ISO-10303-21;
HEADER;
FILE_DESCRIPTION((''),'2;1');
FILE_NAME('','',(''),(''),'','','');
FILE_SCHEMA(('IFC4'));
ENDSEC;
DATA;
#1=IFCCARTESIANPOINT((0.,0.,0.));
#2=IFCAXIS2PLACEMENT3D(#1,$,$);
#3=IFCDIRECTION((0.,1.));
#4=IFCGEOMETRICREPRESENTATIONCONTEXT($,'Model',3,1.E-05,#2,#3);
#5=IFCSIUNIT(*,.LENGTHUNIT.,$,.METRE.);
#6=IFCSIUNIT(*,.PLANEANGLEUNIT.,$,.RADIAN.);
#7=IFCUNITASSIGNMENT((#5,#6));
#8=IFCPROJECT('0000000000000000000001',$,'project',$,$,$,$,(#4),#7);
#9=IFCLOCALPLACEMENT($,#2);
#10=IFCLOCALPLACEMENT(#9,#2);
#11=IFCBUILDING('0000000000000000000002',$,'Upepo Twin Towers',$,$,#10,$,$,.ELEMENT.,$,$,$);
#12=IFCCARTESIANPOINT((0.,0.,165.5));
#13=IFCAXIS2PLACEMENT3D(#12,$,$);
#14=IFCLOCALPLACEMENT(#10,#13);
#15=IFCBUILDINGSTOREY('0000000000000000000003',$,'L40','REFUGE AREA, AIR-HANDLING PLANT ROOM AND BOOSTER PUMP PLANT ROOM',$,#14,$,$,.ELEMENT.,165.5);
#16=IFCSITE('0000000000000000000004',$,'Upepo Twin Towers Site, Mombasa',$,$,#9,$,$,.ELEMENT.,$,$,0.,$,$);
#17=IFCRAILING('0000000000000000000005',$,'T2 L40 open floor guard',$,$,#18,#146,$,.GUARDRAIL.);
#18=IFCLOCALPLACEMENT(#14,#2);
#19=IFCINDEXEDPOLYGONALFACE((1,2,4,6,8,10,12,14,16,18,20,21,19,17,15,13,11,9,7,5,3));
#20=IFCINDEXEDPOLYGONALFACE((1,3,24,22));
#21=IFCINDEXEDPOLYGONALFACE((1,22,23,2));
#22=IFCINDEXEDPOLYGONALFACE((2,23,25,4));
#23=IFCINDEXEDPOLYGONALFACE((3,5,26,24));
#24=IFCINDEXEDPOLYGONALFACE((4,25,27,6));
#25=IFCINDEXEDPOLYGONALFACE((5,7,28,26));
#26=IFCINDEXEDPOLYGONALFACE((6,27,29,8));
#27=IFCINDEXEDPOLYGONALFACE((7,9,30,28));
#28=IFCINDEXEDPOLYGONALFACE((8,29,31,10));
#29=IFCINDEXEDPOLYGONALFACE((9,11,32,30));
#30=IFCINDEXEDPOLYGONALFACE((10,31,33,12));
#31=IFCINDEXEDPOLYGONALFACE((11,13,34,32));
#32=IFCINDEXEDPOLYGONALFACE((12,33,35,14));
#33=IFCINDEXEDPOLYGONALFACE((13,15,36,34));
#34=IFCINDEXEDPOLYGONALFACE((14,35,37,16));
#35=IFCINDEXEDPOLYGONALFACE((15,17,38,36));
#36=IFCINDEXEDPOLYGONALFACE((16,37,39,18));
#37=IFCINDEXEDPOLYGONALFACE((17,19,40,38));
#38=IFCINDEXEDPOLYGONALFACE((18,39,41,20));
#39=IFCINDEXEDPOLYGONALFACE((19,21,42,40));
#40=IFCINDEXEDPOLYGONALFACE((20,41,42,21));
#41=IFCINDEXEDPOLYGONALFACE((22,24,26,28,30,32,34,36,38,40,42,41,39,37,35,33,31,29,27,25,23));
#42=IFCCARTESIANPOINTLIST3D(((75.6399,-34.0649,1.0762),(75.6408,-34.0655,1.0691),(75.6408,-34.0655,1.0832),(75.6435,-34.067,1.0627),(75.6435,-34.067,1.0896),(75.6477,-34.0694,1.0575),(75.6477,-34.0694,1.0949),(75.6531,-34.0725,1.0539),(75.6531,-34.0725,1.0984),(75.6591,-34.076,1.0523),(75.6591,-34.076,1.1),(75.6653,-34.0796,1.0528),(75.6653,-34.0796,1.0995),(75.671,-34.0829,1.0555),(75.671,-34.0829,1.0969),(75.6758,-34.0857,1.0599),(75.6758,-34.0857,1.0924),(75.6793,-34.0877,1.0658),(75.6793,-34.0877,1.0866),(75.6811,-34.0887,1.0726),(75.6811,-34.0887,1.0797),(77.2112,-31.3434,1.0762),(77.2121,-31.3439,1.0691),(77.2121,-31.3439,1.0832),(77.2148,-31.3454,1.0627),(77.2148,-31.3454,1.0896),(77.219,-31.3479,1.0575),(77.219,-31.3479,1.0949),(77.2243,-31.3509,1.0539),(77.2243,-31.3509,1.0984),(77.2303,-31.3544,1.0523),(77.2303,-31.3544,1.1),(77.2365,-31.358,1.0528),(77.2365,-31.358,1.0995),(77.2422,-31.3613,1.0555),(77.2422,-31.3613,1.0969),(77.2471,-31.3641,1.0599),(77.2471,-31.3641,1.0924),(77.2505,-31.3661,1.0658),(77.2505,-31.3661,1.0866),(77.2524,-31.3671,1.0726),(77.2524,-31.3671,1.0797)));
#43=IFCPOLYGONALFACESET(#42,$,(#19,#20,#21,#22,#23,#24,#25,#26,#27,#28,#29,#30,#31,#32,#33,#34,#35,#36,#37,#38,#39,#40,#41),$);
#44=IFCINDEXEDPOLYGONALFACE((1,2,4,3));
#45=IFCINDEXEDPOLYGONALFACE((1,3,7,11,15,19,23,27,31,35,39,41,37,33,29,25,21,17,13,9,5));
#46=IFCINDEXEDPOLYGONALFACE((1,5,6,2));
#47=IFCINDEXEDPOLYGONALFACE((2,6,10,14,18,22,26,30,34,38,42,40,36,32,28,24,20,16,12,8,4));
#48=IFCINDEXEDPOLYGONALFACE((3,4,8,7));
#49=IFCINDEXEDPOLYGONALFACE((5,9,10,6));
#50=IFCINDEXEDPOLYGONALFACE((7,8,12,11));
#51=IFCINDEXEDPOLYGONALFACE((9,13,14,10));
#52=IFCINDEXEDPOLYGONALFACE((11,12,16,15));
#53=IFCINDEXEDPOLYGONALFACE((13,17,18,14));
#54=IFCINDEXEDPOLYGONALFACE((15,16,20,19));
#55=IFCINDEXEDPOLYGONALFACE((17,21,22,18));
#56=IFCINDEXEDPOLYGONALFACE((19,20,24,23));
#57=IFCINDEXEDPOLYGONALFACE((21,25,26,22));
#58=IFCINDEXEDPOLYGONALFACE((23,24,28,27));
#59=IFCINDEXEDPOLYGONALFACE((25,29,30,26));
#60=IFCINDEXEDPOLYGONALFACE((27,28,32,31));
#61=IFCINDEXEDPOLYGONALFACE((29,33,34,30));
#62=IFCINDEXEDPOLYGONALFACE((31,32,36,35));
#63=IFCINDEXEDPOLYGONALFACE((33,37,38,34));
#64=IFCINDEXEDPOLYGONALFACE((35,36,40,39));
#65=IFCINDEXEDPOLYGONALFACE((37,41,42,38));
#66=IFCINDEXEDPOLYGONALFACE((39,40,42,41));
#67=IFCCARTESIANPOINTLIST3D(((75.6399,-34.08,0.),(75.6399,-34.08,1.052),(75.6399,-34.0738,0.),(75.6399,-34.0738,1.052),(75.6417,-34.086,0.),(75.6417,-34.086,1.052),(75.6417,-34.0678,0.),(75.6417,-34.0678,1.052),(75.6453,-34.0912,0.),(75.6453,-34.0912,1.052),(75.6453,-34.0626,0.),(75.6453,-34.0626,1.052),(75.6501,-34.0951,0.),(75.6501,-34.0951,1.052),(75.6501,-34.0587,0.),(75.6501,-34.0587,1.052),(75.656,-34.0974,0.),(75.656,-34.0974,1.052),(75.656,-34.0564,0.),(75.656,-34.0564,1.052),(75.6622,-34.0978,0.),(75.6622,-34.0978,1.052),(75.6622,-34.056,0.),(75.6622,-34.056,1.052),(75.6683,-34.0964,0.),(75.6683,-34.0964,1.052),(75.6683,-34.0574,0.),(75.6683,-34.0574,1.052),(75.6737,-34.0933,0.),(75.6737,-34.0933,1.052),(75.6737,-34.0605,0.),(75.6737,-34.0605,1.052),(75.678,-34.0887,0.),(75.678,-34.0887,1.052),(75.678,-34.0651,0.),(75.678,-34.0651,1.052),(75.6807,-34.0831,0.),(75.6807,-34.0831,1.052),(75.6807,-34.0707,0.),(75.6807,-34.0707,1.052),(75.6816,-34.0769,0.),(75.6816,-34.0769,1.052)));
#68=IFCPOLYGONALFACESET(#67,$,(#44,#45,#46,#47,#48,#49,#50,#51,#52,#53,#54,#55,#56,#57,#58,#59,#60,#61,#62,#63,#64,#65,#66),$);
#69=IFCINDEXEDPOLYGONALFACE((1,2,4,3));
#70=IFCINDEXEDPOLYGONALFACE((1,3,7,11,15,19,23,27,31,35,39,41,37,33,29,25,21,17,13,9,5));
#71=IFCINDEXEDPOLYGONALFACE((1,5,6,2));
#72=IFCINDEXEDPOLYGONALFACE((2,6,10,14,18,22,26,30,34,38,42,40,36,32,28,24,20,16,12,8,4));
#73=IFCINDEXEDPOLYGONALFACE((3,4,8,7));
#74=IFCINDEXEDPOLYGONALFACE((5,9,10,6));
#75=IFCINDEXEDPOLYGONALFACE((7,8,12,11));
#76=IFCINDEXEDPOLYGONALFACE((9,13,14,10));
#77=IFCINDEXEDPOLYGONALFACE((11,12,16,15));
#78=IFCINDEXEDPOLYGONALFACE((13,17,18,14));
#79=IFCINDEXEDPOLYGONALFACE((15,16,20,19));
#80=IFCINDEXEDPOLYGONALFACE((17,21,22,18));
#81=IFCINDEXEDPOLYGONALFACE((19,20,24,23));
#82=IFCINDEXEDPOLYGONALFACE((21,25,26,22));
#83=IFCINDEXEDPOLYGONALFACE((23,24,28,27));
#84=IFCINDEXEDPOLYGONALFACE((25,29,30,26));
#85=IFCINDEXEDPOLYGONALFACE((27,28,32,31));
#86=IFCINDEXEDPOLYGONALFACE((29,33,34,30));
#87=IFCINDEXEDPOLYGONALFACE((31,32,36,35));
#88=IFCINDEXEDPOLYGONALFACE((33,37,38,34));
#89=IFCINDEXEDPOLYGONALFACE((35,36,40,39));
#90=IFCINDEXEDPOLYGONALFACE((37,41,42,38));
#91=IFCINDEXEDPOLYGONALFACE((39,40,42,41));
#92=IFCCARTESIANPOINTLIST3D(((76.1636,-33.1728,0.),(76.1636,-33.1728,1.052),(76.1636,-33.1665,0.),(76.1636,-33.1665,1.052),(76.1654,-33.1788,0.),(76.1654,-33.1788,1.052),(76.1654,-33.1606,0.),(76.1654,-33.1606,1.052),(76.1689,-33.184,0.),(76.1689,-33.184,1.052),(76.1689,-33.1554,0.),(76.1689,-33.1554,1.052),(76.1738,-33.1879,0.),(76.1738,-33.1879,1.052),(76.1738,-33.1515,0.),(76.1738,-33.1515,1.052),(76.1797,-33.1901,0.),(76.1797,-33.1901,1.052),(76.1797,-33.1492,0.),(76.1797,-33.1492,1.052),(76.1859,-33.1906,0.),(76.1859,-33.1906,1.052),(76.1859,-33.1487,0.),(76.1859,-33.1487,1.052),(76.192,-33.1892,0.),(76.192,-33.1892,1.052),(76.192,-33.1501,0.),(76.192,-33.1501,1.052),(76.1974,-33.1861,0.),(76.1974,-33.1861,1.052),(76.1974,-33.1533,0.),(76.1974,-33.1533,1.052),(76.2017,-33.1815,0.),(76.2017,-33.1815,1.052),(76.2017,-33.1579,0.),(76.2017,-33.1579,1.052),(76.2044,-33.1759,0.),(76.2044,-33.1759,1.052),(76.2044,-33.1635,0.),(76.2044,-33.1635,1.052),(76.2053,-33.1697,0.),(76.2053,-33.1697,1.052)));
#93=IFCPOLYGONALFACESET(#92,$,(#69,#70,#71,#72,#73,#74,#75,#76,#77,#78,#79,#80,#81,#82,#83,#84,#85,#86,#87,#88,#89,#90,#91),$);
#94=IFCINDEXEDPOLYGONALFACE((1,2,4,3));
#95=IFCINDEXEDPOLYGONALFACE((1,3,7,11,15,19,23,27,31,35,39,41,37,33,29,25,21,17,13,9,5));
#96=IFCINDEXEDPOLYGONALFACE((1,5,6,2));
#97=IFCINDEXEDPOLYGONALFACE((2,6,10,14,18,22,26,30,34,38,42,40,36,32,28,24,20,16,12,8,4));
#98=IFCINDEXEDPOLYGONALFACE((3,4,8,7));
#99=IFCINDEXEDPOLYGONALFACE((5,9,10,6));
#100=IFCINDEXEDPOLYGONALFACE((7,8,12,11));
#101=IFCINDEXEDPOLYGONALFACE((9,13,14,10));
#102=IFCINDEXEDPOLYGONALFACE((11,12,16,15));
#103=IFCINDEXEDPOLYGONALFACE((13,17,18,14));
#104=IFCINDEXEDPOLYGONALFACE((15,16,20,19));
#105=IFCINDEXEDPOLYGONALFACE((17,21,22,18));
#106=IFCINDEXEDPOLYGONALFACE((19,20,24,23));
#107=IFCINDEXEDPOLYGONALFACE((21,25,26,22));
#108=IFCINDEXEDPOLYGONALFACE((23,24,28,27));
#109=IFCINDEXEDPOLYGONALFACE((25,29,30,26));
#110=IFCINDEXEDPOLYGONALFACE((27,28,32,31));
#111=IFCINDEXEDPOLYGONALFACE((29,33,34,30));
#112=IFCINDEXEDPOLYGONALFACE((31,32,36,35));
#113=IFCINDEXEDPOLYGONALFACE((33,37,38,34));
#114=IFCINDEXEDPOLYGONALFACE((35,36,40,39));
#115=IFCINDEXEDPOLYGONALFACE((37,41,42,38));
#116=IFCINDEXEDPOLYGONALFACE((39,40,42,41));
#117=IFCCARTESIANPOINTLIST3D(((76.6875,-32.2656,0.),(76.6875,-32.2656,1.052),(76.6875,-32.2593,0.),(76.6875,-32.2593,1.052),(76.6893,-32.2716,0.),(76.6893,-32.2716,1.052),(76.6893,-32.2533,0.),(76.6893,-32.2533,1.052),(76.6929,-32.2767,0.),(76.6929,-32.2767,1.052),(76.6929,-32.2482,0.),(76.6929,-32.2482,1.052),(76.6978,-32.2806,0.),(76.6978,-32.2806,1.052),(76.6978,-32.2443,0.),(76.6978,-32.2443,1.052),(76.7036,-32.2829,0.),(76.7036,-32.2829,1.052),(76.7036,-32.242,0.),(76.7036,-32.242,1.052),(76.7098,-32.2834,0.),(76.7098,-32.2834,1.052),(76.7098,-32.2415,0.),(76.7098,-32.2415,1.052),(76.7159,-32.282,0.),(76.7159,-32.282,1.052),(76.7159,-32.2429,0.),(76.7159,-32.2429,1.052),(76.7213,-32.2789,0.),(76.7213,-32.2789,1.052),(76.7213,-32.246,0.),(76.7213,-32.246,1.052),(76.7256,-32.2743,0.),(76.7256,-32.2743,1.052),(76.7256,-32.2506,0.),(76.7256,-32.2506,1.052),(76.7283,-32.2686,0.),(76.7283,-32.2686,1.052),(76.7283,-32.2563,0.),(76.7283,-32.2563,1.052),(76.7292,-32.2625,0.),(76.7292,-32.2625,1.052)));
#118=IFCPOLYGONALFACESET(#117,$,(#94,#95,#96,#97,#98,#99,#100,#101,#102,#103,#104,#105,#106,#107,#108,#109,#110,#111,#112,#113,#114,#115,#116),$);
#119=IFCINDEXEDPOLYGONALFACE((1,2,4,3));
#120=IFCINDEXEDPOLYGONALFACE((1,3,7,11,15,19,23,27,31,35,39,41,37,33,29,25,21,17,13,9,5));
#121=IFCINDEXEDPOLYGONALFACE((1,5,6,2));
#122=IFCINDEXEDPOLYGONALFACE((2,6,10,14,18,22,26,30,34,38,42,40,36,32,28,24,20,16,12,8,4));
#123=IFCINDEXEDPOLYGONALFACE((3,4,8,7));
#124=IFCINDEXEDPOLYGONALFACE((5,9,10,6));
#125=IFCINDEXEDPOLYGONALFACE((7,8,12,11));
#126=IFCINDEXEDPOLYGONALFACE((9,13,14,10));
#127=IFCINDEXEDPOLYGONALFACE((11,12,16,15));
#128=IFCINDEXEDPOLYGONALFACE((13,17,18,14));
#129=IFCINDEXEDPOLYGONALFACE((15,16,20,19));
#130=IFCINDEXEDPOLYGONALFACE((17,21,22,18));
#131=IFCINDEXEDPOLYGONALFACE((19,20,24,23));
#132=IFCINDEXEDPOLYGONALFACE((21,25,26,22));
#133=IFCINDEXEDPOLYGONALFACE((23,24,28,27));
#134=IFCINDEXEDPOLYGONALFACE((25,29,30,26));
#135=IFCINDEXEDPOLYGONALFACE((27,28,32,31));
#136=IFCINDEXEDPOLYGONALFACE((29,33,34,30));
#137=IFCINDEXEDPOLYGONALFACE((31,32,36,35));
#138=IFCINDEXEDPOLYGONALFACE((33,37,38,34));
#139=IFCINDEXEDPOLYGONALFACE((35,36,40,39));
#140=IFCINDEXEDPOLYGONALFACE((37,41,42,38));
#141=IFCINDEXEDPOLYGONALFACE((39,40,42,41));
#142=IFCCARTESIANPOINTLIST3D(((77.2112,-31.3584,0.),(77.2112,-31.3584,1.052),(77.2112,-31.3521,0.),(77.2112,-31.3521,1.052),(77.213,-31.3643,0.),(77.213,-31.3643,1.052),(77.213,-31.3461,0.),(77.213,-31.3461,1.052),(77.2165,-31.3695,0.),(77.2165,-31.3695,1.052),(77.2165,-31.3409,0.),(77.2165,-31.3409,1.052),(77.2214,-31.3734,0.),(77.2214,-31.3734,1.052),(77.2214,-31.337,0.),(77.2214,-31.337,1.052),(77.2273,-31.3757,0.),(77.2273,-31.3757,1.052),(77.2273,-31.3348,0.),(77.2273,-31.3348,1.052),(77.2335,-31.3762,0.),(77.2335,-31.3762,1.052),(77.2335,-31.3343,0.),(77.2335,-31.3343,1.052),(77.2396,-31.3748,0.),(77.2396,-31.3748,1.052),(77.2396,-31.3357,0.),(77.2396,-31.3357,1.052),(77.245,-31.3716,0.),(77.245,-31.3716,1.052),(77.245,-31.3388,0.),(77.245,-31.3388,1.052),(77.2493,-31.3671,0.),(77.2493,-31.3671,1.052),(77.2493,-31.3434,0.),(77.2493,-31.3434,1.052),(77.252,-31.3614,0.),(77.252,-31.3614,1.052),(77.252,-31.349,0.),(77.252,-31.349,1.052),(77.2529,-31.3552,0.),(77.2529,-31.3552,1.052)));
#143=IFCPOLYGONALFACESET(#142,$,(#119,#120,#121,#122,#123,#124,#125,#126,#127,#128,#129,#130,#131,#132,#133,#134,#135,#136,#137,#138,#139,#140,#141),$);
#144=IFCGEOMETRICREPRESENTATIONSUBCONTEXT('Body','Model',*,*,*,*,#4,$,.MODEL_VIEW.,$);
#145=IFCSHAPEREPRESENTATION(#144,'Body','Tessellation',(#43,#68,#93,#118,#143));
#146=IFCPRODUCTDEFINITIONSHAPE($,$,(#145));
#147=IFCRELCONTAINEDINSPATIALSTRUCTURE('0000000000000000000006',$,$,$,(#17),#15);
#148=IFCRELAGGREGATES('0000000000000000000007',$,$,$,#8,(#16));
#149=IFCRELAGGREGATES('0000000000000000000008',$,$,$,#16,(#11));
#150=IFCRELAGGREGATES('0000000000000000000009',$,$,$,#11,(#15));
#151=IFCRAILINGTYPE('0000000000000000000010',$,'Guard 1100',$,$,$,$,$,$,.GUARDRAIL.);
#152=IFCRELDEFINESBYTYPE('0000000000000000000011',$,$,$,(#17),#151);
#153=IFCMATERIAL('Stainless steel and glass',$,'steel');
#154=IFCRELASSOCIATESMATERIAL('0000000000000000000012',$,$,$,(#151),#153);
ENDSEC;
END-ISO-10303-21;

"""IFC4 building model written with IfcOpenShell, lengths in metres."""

from ifc_helpers import new_model, si_unit, direction, frame, origin, origin_2d, place, context, subcontext, project, spatial, circle, extrude, material, type_object, element, save


model = new_model("IFC4")

# Units and contexts
model_context = context("Model", 3, precision=1e-05, world=origin(), true_north=direction((0.0, 1.0)))
body_context = subcontext(model_context, "Body", "Model", "MODEL_VIEW")
ifc_project = project(units=[si_unit("LENGTHUNIT", "METRE"), si_unit("PLANEANGLEUNIT", "RADIAN")], contexts=[model_context])

# Site, building, storey
site_placement = place(None, origin())
site = spatial("IfcSite", under=ifc_project, at=site_placement, Name="Upepo Twin Towers Site, Mombasa", CompositionType="ELEMENT", RefElevation=0.0)
building_placement = place(site_placement, origin())
building = spatial("IfcBuilding", under=site, at=building_placement, Name="Upepo Twin Towers", CompositionType="ELEMENT")
storey_placement = place(building_placement, frame((0.0, 0.0, 165.5)))
storey = spatial("IfcBuildingStorey", under=building, at=storey_placement, Name="L40", Description="REFUGE AREA, AIR-HANDLING PLANT ROOM AND BOOSTER PUMP PLANT ROOM", CompositionType="ELEMENT", Elevation=165.5)

# Railing
ifc_material_1 = material(Name="Stainless steel and glass", Category="steel")
railing_type_1 = type_object("IfcRailingType", Name="Guard 1100", PredefinedType="GUARDRAIL", material=ifc_material_1)
railing_1_placement = place(storey_placement, frame((75.6606, -34.0769, 0.0)))
element("IfcRailing", 1, at=railing_1_placement, inside=storey, type_object=railing_type_1, Name="T2 L40 open floor guard", PredefinedType="GUARDRAIL", context=body_context, shape_type="SweptSolid", body=[
    extrude(circle(Radius=0.0239, at=origin_2d()), frame((0.0, 0.0, 1.0762), z_axis=(0.499982, 0.866036, 0.0), x_axis=(-0.866036, 0.499982, 0.0)), (0.0, 0.0, 1.0), 3.1426),
    extrude(circle(Radius=0.021, at=origin_2d()), origin(), (0.0, 0.0, 1.0), 1.052),
    extrude(circle(Radius=0.021, at=origin_2d()), frame((0.5237, 0.9072, 0.0)), (0.0, 0.0, 1.0), 1.052),
    extrude(circle(Radius=0.021, at=origin_2d()), frame((1.0476, 1.8145, 0.0)), (0.0, 0.0, 1.0), 1.052),
    extrude(circle(Radius=0.021, at=origin_2d()), frame((1.5713, 2.7217, 0.0)), (0.0, 0.0, 1.0), 1.052),
])

save(model, "model.ifc")
